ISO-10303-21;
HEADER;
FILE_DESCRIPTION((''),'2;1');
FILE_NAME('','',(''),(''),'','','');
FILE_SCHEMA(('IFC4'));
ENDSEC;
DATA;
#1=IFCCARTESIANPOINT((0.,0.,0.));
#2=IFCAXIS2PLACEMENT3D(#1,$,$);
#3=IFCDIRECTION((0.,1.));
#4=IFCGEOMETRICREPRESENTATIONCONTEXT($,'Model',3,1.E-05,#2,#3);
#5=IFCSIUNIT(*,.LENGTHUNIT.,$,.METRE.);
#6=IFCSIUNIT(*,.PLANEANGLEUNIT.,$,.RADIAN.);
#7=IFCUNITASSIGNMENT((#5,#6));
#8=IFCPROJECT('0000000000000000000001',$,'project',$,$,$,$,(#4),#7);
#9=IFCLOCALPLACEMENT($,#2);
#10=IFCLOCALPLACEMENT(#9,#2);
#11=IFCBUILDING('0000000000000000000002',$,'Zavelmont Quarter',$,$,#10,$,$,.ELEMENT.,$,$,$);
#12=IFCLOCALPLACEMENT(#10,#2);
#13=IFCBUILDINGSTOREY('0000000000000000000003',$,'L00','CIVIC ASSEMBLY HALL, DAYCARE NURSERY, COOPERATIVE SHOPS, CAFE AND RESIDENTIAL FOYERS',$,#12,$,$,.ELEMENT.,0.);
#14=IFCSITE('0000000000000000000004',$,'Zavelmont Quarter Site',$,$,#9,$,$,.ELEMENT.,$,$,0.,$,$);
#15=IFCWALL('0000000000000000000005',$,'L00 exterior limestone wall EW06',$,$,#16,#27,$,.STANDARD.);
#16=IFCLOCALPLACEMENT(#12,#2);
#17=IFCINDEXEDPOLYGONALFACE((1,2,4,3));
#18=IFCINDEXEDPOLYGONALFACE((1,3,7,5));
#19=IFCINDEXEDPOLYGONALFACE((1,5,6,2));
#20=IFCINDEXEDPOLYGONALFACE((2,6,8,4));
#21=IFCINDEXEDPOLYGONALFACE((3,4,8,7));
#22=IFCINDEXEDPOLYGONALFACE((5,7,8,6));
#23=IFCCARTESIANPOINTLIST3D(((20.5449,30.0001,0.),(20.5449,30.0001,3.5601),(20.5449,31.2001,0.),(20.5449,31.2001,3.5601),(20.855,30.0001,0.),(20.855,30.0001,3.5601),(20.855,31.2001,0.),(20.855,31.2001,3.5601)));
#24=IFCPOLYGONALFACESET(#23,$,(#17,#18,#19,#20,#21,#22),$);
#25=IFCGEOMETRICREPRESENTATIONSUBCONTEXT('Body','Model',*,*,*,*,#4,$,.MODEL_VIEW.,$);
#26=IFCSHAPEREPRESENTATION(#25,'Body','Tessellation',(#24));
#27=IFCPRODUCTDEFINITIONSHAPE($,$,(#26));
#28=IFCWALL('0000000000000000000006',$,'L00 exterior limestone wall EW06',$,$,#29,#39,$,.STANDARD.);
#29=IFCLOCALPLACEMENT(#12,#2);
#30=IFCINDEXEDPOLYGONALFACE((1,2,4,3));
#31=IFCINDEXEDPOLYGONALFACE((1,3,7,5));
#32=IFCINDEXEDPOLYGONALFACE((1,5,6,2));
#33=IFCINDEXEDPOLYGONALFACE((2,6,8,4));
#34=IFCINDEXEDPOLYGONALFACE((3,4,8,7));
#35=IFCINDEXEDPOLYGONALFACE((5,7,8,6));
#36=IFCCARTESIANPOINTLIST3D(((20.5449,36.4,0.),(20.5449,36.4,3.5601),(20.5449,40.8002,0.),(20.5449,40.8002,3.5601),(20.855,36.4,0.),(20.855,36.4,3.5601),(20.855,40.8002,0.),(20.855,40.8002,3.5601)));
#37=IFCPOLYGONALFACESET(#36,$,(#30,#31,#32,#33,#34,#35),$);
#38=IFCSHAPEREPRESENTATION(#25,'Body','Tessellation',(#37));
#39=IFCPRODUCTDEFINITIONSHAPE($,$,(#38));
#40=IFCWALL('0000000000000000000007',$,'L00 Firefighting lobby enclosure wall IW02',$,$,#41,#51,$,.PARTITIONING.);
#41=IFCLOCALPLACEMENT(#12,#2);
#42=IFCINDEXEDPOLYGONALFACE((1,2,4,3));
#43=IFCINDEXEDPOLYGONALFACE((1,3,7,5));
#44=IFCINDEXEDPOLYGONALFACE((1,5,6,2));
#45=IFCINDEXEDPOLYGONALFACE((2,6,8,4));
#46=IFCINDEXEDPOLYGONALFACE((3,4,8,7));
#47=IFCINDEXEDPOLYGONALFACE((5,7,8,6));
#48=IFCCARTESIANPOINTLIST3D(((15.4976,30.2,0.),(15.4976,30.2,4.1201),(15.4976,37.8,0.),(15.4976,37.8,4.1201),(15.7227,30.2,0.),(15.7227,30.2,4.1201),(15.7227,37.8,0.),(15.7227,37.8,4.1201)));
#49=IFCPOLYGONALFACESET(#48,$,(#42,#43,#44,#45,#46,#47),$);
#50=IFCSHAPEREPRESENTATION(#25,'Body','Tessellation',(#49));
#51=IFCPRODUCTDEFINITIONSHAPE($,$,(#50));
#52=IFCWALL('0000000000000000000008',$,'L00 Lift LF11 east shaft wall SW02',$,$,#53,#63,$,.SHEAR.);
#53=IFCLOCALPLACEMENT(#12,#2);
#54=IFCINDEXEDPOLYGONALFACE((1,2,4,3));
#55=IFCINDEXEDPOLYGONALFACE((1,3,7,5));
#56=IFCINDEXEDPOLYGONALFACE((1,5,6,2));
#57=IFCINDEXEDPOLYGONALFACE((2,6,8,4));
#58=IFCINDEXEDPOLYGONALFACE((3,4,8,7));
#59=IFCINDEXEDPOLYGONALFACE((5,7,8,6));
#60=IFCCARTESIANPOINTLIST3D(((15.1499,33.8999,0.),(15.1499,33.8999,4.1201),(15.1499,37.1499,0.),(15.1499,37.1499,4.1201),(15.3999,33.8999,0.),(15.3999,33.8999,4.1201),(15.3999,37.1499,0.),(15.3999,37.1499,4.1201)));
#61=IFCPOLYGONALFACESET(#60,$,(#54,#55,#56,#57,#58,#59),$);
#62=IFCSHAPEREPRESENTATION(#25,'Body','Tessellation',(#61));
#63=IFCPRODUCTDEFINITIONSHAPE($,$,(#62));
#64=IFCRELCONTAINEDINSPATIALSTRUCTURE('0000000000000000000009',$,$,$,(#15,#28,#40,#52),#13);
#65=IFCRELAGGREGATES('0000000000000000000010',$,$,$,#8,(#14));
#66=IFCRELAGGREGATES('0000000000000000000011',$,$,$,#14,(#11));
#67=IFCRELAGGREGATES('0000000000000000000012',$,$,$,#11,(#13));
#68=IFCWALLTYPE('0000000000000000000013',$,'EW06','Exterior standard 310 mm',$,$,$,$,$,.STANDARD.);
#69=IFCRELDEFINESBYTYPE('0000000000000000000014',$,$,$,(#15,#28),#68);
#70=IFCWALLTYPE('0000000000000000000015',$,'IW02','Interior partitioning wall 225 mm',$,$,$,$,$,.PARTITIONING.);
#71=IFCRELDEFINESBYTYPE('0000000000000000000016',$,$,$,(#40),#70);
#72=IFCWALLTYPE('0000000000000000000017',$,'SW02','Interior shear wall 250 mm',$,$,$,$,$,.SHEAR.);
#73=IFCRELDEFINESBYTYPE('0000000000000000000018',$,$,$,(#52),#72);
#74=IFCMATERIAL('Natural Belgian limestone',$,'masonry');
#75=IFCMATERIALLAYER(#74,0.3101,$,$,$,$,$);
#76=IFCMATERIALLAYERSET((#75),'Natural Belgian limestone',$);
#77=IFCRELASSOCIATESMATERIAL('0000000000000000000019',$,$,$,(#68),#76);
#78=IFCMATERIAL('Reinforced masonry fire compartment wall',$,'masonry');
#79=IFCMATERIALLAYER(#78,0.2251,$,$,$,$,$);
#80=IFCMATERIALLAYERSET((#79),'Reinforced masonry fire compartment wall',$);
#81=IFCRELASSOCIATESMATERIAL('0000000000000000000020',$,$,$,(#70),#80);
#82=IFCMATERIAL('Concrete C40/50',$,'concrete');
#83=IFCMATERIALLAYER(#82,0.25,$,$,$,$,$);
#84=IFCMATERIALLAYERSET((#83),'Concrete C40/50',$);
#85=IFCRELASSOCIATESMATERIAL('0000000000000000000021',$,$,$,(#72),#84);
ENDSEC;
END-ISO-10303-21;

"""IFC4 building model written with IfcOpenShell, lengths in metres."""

from ifc_helpers import new_model, si_unit, direction, frame, frame_2d, origin, place, context, subcontext, project, spatial, rectangle, extrude, material, layer, layer_set, type_object, element, save


model = new_model("IFC4")

# Units and contexts
model_context = context("Model", 3, precision=1e-05, world=origin(), true_north=direction((0.0, 1.0)))
body_context = subcontext(model_context, "Body", "Model", "MODEL_VIEW")
ifc_project = project(units=[si_unit("LENGTHUNIT", "METRE"), si_unit("PLANEANGLEUNIT", "RADIAN")], contexts=[model_context])

# Site, building, storey
site_placement = place(None, origin())
site = spatial("IfcSite", under=ifc_project, at=site_placement, Name="Zavelmont Quarter Site", CompositionType="ELEMENT", RefElevation=0.0)
building_placement = place(site_placement, origin())
building = spatial("IfcBuilding", under=site, at=building_placement, Name="Zavelmont Quarter", CompositionType="ELEMENT")
storey_placement = place(building_placement, origin())
storey = spatial("IfcBuildingStorey", under=building, at=storey_placement, Name="L00", Description="CIVIC ASSEMBLY HALL, DAYCARE NURSERY, COOPERATIVE SHOPS, CAFE AND RESIDENTIAL FOYERS", CompositionType="ELEMENT", Elevation=0.0)

# Walls
ifc_material_1 = material(Name="Natural Belgian limestone", Category="masonry")
ifc_layer_1 = layer(ifc_material_1, 0.3101)
ifc_layer_set_1 = layer_set([ifc_layer_1], Name="Natural Belgian limestone")
wall_type_1 = type_object("IfcWallType", Name="EW06", Description="Exterior standard 310 mm", PredefinedType="STANDARD", material=ifc_layer_set_1)
wall_1_placement = place(storey_placement, frame((20.7, 30.0, 0.0), z_axis=(0.0, 0.0, 1.0), x_axis=(0.0, 1.0, 0.0)))
element("IfcWall", 1, at=wall_1_placement, inside=storey, type_object=wall_type_1, Name="L00 exterior limestone wall EW06", PredefinedType="STANDARD", context=body_context, shape_type="SweptSolid", body=[
    extrude(rectangle(XDim=1.2, YDim=0.3101, at=frame_2d((0.6001, 0.0))), origin(), (0.0, 0.0, 1.0), 3.5601),
])
wall_2_placement = place(storey_placement, frame((20.7, 36.3999, 0.0), z_axis=(0.0, 0.0, 1.0), x_axis=(0.0, 1.0, 0.0)))
element("IfcWall", 2, at=wall_2_placement, inside=storey, type_object=wall_type_1, Name="L00 exterior limestone wall EW06", PredefinedType="STANDARD", context=body_context, shape_type="SweptSolid", body=[
    extrude(rectangle(XDim=4.4001, YDim=0.3101, at=frame_2d((2.2002, 0.0))), origin(), (0.0, 0.0, 1.0), 3.5601),
])

# Walls
ifc_material_2 = material(Name="Reinforced masonry fire compartment wall", Category="masonry")
ifc_layer_2 = layer(ifc_material_2, 0.2251)
ifc_layer_set_2 = layer_set([ifc_layer_2], Name="Reinforced masonry fire compartment wall")
wall_type_2 = type_object("IfcWallType", Name="IW02", Description="Interior partitioning wall 225 mm", PredefinedType="PARTITIONING", material=ifc_layer_set_2)
wall_3_placement = place(storey_placement, frame((15.6101, 30.2, 0.0), z_axis=(0.0, 0.0, 1.0), x_axis=(0.0, 1.0, 0.0)))
element("IfcWall", 3, at=wall_3_placement, inside=storey, type_object=wall_type_2, Name="L00 Firefighting lobby enclosure wall IW02", PredefinedType="PARTITIONING", context=body_context, shape_type="SweptSolid", body=[
    extrude(rectangle(XDim=7.6001, YDim=0.2251, at=frame_2d((3.8, 0.0))), origin(), (0.0, 0.0, 1.0), 4.1201),
])
ifc_material_3 = material(Name="Concrete C40/50", Category="concrete")
ifc_layer_3 = layer(ifc_material_3, 0.25)
ifc_layer_set_3 = layer_set([ifc_layer_3], Name="Concrete C40/50")
wall_type_3 = type_object("IfcWallType", Name="SW02", Description="Interior shear wall 250 mm", PredefinedType="SHEAR", material=ifc_layer_set_3)
wall_4_placement = place(storey_placement, frame((15.2749, 33.8999, 0.0), z_axis=(0.0, 0.0, 1.0), x_axis=(0.0, 1.0, 0.0)))
element("IfcWall", 4, at=wall_4_placement, inside=storey, type_object=wall_type_3, Name="L00 Lift LF11 east shaft wall SW02", PredefinedType="SHEAR", context=body_context, shape_type="SweptSolid", body=[
    extrude(rectangle(XDim=3.25, YDim=0.25, at=frame_2d((1.625, 0.0))), origin(), (0.0, 0.0, 1.0), 4.1201),
])

save(model, "model.ifc")
